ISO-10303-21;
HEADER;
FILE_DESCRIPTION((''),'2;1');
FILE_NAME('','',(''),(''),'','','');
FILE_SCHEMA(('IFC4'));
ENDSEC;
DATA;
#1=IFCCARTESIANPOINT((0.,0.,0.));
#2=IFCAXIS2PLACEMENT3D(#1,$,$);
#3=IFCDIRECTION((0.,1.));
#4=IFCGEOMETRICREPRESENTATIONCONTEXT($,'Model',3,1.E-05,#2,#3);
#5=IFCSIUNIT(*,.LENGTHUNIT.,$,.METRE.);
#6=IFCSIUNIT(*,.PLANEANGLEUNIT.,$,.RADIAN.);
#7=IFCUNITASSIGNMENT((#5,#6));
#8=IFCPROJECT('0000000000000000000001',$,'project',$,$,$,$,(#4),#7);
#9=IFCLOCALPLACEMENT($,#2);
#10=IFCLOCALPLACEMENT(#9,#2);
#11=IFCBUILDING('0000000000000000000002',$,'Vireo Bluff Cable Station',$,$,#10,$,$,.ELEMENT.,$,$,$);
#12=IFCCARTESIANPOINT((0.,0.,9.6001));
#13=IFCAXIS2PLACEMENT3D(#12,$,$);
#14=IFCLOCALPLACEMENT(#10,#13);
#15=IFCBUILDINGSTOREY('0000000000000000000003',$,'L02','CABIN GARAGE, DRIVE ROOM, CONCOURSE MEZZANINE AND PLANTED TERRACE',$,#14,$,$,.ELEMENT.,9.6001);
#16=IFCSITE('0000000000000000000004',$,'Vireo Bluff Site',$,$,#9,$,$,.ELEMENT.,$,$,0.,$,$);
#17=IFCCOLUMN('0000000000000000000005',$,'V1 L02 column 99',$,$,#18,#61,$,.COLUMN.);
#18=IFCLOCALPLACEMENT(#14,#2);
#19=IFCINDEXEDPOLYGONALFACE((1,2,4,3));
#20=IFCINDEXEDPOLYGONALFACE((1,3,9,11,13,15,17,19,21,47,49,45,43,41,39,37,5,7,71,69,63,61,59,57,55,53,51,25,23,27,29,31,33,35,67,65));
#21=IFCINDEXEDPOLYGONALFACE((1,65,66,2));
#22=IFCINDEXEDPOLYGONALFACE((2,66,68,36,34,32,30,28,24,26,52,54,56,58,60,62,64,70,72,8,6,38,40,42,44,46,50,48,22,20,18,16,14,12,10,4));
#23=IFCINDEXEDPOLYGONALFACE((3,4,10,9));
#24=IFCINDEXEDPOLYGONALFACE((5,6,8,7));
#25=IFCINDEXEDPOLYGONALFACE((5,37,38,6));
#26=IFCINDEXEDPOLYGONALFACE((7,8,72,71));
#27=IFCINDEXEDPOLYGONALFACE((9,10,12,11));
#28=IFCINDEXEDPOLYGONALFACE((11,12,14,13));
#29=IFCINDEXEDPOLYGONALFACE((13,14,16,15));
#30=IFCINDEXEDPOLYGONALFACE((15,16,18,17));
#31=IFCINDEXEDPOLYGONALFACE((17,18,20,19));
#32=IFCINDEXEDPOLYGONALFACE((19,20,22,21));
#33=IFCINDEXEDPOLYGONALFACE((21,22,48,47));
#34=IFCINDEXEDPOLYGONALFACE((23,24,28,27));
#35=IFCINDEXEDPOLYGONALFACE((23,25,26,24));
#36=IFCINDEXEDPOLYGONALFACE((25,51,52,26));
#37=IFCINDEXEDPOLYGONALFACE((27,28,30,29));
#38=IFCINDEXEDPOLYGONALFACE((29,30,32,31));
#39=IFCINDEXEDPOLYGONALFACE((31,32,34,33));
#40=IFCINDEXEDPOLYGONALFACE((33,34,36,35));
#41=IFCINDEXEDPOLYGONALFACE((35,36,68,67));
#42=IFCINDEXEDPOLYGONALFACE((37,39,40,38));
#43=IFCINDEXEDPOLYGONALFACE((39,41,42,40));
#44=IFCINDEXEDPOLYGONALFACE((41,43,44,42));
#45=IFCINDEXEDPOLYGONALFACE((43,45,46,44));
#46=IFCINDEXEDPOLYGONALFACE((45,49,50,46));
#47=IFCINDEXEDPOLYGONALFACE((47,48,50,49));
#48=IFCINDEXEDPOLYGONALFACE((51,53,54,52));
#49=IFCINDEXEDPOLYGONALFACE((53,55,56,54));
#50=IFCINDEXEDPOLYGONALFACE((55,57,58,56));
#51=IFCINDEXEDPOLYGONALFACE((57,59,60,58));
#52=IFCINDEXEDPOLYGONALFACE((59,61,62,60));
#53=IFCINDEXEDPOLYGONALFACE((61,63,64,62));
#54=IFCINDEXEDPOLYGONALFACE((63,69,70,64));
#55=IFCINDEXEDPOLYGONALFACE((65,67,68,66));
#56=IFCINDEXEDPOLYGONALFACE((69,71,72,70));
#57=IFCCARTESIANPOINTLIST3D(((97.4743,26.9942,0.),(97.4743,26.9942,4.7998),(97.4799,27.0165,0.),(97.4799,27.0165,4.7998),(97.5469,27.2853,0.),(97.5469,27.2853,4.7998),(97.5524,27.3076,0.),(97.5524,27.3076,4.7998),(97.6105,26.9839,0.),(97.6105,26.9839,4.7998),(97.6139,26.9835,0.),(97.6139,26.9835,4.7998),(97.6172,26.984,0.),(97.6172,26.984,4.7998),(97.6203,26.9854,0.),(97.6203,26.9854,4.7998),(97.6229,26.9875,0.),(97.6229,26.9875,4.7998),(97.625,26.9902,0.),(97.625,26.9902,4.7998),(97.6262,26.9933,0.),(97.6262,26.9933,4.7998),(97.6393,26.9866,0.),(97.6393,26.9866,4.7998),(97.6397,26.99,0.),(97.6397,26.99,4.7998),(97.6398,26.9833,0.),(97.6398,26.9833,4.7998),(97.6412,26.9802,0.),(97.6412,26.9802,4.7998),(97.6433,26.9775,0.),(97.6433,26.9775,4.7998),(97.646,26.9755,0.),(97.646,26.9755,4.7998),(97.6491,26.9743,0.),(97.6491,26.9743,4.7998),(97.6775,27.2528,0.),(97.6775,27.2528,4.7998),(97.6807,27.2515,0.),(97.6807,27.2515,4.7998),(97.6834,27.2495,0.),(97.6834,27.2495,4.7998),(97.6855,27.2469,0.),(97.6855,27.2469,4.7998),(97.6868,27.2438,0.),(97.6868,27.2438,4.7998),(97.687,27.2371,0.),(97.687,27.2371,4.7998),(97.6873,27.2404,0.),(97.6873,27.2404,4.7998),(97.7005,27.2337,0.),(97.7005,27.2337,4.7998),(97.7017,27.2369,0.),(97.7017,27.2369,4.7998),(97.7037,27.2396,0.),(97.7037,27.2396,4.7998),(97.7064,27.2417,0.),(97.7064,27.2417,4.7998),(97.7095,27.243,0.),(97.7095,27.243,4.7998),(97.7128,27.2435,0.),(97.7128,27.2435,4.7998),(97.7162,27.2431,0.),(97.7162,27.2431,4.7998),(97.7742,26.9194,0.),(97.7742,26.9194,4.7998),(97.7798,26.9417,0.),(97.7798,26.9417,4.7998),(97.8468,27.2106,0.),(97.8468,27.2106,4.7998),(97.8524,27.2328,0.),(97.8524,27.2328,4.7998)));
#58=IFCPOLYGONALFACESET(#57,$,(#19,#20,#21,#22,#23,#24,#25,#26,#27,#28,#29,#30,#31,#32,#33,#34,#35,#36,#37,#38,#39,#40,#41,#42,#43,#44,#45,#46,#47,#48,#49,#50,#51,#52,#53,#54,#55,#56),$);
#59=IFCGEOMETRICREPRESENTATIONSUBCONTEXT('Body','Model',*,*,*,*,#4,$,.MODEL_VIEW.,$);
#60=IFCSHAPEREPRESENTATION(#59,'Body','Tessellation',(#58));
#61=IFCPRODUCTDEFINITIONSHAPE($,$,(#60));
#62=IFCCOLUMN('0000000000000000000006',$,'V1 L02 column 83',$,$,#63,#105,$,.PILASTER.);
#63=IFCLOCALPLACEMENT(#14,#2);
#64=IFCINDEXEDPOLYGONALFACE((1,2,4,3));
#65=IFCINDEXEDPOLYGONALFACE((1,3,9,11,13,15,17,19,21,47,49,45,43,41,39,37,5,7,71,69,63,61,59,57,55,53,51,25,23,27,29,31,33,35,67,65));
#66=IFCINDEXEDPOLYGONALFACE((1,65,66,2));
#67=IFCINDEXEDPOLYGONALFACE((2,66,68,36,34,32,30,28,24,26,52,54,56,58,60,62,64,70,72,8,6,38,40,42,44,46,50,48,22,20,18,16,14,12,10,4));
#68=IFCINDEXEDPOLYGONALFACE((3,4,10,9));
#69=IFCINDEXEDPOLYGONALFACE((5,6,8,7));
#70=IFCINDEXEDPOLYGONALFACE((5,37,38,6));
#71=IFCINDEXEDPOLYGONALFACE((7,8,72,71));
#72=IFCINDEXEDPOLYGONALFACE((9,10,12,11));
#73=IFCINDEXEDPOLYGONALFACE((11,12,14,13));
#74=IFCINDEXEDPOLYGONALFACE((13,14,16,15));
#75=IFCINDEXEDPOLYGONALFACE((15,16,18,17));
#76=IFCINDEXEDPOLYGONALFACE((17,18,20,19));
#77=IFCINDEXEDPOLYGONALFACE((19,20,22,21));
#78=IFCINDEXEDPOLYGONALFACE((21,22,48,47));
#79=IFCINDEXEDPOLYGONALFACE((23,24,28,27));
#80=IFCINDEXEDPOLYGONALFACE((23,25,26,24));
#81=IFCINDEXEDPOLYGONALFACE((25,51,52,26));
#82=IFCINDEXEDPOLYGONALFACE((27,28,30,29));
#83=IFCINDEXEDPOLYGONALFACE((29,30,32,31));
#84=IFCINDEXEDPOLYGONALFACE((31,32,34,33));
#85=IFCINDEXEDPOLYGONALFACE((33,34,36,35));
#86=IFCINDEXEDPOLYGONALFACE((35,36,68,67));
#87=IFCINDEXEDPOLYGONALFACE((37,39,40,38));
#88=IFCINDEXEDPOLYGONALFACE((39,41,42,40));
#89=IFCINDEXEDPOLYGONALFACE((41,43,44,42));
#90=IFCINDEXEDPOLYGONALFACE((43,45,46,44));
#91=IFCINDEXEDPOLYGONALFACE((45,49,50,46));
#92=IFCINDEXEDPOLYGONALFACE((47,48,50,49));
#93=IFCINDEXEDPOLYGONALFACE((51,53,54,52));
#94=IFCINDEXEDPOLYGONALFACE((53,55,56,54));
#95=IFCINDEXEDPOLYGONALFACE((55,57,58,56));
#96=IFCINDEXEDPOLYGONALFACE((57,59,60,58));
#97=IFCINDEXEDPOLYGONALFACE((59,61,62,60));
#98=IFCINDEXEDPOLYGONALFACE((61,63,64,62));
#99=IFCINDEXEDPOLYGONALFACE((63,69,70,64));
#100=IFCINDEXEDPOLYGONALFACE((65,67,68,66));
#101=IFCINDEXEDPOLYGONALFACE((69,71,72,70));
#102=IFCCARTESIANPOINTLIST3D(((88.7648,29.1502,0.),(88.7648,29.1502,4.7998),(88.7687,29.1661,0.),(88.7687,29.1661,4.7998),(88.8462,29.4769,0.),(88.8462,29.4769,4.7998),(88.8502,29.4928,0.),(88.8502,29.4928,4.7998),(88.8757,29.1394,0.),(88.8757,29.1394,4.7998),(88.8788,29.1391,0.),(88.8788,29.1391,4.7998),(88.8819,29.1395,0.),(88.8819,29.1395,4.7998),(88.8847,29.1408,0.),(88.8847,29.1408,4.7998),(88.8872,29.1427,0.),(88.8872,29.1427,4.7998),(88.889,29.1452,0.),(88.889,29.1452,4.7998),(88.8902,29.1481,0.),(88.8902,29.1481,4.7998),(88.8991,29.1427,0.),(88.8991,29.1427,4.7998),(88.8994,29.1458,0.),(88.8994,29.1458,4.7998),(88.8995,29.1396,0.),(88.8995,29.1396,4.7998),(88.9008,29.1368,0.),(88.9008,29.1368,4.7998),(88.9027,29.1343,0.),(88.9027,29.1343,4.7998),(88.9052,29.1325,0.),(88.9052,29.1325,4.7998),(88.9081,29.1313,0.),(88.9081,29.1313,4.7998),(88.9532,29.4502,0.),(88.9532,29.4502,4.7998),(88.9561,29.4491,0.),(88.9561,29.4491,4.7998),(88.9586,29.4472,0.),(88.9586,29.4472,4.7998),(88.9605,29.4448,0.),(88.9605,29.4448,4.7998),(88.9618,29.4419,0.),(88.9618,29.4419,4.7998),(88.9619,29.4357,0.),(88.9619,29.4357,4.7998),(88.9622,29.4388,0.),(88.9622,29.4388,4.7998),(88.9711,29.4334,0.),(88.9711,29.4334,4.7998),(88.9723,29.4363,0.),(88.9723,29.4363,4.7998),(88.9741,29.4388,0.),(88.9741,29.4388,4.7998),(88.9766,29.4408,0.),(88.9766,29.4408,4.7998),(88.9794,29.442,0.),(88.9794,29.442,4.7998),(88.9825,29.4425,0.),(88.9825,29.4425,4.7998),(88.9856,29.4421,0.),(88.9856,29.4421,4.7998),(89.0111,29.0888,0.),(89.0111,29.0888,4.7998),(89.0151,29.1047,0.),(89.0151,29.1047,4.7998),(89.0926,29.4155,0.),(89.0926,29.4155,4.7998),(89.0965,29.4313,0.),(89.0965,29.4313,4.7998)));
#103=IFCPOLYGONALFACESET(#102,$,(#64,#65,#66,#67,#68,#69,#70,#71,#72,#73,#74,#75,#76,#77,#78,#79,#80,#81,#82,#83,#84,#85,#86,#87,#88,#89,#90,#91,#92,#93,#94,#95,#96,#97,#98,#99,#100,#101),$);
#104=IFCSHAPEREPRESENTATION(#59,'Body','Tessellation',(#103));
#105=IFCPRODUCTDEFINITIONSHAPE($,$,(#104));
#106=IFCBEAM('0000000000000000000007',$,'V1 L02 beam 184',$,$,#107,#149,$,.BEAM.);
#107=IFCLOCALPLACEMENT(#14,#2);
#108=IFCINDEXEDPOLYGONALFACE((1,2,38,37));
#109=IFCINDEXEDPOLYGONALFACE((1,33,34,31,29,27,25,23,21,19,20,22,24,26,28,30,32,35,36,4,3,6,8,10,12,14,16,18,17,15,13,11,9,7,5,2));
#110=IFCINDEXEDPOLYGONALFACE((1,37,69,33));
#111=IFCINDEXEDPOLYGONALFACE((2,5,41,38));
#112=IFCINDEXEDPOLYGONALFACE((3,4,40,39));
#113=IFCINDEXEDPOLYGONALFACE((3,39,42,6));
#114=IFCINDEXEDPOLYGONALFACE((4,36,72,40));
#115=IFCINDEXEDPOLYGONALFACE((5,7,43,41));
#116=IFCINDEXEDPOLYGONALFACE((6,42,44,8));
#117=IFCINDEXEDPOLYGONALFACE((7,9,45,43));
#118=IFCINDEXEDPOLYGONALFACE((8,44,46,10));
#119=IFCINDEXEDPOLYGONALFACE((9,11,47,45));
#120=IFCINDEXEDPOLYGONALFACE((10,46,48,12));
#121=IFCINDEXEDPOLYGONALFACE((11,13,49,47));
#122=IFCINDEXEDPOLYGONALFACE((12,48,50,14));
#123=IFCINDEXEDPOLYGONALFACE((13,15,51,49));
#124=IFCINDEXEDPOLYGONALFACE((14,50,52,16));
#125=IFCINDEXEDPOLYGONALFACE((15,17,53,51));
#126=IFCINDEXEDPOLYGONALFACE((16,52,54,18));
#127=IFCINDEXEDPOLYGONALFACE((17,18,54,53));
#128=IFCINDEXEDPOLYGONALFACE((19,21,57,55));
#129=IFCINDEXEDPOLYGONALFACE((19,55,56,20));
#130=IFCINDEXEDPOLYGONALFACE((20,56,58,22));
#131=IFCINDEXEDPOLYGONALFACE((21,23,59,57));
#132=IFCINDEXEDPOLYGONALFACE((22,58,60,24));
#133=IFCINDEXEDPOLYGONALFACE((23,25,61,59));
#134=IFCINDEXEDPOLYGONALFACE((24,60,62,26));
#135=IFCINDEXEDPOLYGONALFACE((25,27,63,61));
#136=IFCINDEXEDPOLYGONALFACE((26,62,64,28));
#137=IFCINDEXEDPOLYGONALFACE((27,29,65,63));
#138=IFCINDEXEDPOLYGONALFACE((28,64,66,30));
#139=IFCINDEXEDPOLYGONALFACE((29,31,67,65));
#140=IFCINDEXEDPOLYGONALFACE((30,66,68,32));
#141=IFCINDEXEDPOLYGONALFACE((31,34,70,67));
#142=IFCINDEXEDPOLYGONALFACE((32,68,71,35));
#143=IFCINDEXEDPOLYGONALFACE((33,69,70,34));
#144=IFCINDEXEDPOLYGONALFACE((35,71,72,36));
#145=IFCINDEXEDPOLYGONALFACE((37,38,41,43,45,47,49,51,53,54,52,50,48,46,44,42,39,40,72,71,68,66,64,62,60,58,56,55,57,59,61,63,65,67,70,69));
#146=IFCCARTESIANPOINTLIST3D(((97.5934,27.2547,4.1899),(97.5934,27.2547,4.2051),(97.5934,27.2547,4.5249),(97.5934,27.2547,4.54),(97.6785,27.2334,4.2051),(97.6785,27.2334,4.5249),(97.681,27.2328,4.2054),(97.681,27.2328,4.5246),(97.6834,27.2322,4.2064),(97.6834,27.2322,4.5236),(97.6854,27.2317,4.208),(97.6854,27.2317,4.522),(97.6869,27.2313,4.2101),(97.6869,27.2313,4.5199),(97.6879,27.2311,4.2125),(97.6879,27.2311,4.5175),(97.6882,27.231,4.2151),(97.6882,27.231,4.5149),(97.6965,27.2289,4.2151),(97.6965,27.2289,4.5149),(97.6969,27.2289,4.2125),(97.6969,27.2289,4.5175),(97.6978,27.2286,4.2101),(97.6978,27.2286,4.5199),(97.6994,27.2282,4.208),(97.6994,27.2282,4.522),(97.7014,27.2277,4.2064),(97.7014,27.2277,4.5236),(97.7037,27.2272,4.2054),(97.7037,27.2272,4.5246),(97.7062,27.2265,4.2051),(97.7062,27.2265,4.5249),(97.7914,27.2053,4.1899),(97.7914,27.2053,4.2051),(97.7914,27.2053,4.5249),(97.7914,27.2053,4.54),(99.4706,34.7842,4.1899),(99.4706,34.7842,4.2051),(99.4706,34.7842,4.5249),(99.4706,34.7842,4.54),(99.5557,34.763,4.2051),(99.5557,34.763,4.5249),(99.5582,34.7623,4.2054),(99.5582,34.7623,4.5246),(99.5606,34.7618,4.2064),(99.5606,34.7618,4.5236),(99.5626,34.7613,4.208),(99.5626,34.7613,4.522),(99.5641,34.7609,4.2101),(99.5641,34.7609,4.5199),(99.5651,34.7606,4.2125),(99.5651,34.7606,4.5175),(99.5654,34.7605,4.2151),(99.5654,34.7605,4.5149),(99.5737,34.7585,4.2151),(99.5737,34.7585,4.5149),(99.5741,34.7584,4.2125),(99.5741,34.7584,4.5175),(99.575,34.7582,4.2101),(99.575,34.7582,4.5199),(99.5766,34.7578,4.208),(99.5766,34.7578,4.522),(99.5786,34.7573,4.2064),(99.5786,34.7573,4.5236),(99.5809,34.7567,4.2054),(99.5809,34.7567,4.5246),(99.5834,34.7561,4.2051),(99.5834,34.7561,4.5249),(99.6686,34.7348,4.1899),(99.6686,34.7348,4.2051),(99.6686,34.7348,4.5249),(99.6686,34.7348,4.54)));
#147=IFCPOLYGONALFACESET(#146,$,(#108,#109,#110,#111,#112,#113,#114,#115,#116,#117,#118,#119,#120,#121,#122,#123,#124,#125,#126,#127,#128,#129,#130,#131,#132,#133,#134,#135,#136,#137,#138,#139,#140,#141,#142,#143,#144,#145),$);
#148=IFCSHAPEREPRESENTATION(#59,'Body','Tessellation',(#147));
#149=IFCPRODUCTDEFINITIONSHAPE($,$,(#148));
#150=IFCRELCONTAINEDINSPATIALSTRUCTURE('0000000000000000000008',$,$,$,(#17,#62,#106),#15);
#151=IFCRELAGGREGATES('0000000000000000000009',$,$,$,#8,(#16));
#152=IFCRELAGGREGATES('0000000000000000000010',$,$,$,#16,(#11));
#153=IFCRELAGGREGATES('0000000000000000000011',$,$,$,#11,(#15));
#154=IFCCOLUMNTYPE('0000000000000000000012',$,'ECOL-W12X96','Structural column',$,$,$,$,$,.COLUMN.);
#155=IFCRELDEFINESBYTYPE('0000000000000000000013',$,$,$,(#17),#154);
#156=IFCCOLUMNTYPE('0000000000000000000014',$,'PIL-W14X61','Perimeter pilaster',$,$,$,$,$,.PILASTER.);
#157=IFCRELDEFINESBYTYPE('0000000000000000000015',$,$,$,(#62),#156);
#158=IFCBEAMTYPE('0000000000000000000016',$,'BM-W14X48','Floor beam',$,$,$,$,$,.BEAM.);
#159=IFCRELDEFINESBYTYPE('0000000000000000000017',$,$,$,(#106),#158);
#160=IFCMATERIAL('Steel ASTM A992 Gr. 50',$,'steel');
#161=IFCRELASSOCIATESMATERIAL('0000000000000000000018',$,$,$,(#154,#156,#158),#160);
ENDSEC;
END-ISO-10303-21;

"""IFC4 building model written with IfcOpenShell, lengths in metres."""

from ifc_helpers import new_model, si_unit, direction, frame, origin, origin_2d, place, context, subcontext, project, spatial, i_section, extrude, material, material_profile, profile_set, type_object, element, save


model = new_model("IFC4")

# Units and contexts
model_context = context("Model", 3, precision=1e-05, world=origin(), true_north=direction((0.0, 1.0)))
body_context = subcontext(model_context, "Body", "Model", "MODEL_VIEW")
ifc_project = project(units=[si_unit("LENGTHUNIT", "METRE"), si_unit("PLANEANGLEUNIT", "RADIAN")], contexts=[model_context])

# Site, building, storey
site_placement = place(None, origin())
site = spatial("IfcSite", under=ifc_project, at=site_placement, Name="Vireo Bluff Site", CompositionType="ELEMENT", RefElevation=0.0)
building_placement = place(site_placement, origin())
building = spatial("IfcBuilding", under=site, at=building_placement, Name="Vireo Bluff Cable Station", CompositionType="ELEMENT")
storey_placement = place(building_placement, frame((0.0, 0.0, 9.6001)))
storey = spatial("IfcBuildingStorey", under=building, at=storey_placement, Name="L02", Description="CABIN GARAGE, DRIVE ROOM, CONCOURSE MEZZANINE AND PLANTED TERRACE", CompositionType="ELEMENT", Elevation=9.6001)

# Columns
ifc_material_1 = material(Name="Steel ASTM A992 Gr. 50", Category="steel")
ifc_material_profile_1 = material_profile(ifc_material_1, i_section(OverallWidth=0.3091, OverallDepth=0.323, WebThickness=0.0139, FlangeThickness=0.0229, FilletRadius=0.0129, at=origin_2d()), Name="W12X96")
ifc_profile_set_1 = profile_set([ifc_material_profile_1], Name="Steel ASTM A992 Gr. 50")
column_type_1 = type_object("IfcColumnType", Name="ECOL-W12X96", Description="Structural column", PredefinedType="COLUMN", material=ifc_profile_set_1)
column_1_placement = place(storey_placement, frame((97.6633, 27.1135, 0.0), z_axis=(0.0, 0.0, 1.0), x_axis=(0.970296, -0.241922, 0.0)))
element("IfcColumn", 1, at=column_1_placement, inside=storey, type_object=column_type_1, Name="V1 L02 column 99", PredefinedType="COLUMN", context=body_context, shape_type="SweptSolid", body=[
    extrude(i_section(OverallWidth=0.3091, OverallDepth=0.323, WebThickness=0.0139, FlangeThickness=0.0229, FilletRadius=0.0129, at=origin_2d()), origin(), (0.0, 0.0, 1.0), 4.7998),
])
ifc_material_profile_2 = material_profile(ifc_material_1, i_section(OverallWidth=0.2539, OverallDepth=0.353, WebThickness=0.0095, FlangeThickness=0.0164, FilletRadius=0.012, at=origin_2d()), Name="W14X61")
ifc_profile_set_2 = profile_set([ifc_material_profile_2], Name="Steel ASTM A992 Gr. 50")
column_type_2 = type_object("IfcColumnType", Name="PIL-W14X61", Description="Perimeter pilaster", PredefinedType="PILASTER", material=ifc_profile_set_2)
column_2_placement = place(storey_placement, frame((88.9307, 29.2908, 0.0), z_axis=(0.0, 0.0, 1.0), x_axis=(0.970296, -0.241922, 0.0)))
element("IfcColumn", 2, at=column_2_placement, inside=storey, type_object=column_type_2, Name="V1 L02 column 83", PredefinedType="PILASTER", context=body_context, shape_type="SweptSolid", body=[
    extrude(i_section(OverallWidth=0.2539, OverallDepth=0.353, WebThickness=0.0095, FlangeThickness=0.0164, FilletRadius=0.012, at=origin_2d()), origin(), (0.0, 0.0, 1.0), 4.7998),
])

# Beam
ifc_material_profile_3 = material_profile(ifc_material_1, i_section(OverallWidth=0.2041, OverallDepth=0.3501, WebThickness=0.0085, FlangeThickness=0.0151, FilletRadius=0.01, at=origin_2d()), Name="W14X48")
ifc_profile_set_3 = profile_set([ifc_material_profile_3], Name="Steel ASTM A992 Gr. 50")
beam_type_1 = type_object("IfcBeamType", Name="BM-W14X48", Description="Floor beam", PredefinedType="BEAM", material=ifc_profile_set_3)
beam_1_placement = place(storey_placement, frame((97.6924, 27.23, 4.365), z_axis=(0.241906, 0.9703, 0.0), x_axis=(-0.9703, 0.241906, 0.0)))
element("IfcBeam", 3, at=beam_1_placement, inside=storey, type_object=beam_type_1, Name="V1 L02 beam 184", PredefinedType="BEAM", context=body_context, shape_type="SweptSolid", body=[
    extrude(i_section(OverallWidth=0.2041, OverallDepth=0.3501, WebThickness=0.0085, FlangeThickness=0.0151, FilletRadius=0.01, at=origin_2d()), origin(), (0.0, 0.0, 1.0), 7.76),
])

save(model, "model.ifc")
